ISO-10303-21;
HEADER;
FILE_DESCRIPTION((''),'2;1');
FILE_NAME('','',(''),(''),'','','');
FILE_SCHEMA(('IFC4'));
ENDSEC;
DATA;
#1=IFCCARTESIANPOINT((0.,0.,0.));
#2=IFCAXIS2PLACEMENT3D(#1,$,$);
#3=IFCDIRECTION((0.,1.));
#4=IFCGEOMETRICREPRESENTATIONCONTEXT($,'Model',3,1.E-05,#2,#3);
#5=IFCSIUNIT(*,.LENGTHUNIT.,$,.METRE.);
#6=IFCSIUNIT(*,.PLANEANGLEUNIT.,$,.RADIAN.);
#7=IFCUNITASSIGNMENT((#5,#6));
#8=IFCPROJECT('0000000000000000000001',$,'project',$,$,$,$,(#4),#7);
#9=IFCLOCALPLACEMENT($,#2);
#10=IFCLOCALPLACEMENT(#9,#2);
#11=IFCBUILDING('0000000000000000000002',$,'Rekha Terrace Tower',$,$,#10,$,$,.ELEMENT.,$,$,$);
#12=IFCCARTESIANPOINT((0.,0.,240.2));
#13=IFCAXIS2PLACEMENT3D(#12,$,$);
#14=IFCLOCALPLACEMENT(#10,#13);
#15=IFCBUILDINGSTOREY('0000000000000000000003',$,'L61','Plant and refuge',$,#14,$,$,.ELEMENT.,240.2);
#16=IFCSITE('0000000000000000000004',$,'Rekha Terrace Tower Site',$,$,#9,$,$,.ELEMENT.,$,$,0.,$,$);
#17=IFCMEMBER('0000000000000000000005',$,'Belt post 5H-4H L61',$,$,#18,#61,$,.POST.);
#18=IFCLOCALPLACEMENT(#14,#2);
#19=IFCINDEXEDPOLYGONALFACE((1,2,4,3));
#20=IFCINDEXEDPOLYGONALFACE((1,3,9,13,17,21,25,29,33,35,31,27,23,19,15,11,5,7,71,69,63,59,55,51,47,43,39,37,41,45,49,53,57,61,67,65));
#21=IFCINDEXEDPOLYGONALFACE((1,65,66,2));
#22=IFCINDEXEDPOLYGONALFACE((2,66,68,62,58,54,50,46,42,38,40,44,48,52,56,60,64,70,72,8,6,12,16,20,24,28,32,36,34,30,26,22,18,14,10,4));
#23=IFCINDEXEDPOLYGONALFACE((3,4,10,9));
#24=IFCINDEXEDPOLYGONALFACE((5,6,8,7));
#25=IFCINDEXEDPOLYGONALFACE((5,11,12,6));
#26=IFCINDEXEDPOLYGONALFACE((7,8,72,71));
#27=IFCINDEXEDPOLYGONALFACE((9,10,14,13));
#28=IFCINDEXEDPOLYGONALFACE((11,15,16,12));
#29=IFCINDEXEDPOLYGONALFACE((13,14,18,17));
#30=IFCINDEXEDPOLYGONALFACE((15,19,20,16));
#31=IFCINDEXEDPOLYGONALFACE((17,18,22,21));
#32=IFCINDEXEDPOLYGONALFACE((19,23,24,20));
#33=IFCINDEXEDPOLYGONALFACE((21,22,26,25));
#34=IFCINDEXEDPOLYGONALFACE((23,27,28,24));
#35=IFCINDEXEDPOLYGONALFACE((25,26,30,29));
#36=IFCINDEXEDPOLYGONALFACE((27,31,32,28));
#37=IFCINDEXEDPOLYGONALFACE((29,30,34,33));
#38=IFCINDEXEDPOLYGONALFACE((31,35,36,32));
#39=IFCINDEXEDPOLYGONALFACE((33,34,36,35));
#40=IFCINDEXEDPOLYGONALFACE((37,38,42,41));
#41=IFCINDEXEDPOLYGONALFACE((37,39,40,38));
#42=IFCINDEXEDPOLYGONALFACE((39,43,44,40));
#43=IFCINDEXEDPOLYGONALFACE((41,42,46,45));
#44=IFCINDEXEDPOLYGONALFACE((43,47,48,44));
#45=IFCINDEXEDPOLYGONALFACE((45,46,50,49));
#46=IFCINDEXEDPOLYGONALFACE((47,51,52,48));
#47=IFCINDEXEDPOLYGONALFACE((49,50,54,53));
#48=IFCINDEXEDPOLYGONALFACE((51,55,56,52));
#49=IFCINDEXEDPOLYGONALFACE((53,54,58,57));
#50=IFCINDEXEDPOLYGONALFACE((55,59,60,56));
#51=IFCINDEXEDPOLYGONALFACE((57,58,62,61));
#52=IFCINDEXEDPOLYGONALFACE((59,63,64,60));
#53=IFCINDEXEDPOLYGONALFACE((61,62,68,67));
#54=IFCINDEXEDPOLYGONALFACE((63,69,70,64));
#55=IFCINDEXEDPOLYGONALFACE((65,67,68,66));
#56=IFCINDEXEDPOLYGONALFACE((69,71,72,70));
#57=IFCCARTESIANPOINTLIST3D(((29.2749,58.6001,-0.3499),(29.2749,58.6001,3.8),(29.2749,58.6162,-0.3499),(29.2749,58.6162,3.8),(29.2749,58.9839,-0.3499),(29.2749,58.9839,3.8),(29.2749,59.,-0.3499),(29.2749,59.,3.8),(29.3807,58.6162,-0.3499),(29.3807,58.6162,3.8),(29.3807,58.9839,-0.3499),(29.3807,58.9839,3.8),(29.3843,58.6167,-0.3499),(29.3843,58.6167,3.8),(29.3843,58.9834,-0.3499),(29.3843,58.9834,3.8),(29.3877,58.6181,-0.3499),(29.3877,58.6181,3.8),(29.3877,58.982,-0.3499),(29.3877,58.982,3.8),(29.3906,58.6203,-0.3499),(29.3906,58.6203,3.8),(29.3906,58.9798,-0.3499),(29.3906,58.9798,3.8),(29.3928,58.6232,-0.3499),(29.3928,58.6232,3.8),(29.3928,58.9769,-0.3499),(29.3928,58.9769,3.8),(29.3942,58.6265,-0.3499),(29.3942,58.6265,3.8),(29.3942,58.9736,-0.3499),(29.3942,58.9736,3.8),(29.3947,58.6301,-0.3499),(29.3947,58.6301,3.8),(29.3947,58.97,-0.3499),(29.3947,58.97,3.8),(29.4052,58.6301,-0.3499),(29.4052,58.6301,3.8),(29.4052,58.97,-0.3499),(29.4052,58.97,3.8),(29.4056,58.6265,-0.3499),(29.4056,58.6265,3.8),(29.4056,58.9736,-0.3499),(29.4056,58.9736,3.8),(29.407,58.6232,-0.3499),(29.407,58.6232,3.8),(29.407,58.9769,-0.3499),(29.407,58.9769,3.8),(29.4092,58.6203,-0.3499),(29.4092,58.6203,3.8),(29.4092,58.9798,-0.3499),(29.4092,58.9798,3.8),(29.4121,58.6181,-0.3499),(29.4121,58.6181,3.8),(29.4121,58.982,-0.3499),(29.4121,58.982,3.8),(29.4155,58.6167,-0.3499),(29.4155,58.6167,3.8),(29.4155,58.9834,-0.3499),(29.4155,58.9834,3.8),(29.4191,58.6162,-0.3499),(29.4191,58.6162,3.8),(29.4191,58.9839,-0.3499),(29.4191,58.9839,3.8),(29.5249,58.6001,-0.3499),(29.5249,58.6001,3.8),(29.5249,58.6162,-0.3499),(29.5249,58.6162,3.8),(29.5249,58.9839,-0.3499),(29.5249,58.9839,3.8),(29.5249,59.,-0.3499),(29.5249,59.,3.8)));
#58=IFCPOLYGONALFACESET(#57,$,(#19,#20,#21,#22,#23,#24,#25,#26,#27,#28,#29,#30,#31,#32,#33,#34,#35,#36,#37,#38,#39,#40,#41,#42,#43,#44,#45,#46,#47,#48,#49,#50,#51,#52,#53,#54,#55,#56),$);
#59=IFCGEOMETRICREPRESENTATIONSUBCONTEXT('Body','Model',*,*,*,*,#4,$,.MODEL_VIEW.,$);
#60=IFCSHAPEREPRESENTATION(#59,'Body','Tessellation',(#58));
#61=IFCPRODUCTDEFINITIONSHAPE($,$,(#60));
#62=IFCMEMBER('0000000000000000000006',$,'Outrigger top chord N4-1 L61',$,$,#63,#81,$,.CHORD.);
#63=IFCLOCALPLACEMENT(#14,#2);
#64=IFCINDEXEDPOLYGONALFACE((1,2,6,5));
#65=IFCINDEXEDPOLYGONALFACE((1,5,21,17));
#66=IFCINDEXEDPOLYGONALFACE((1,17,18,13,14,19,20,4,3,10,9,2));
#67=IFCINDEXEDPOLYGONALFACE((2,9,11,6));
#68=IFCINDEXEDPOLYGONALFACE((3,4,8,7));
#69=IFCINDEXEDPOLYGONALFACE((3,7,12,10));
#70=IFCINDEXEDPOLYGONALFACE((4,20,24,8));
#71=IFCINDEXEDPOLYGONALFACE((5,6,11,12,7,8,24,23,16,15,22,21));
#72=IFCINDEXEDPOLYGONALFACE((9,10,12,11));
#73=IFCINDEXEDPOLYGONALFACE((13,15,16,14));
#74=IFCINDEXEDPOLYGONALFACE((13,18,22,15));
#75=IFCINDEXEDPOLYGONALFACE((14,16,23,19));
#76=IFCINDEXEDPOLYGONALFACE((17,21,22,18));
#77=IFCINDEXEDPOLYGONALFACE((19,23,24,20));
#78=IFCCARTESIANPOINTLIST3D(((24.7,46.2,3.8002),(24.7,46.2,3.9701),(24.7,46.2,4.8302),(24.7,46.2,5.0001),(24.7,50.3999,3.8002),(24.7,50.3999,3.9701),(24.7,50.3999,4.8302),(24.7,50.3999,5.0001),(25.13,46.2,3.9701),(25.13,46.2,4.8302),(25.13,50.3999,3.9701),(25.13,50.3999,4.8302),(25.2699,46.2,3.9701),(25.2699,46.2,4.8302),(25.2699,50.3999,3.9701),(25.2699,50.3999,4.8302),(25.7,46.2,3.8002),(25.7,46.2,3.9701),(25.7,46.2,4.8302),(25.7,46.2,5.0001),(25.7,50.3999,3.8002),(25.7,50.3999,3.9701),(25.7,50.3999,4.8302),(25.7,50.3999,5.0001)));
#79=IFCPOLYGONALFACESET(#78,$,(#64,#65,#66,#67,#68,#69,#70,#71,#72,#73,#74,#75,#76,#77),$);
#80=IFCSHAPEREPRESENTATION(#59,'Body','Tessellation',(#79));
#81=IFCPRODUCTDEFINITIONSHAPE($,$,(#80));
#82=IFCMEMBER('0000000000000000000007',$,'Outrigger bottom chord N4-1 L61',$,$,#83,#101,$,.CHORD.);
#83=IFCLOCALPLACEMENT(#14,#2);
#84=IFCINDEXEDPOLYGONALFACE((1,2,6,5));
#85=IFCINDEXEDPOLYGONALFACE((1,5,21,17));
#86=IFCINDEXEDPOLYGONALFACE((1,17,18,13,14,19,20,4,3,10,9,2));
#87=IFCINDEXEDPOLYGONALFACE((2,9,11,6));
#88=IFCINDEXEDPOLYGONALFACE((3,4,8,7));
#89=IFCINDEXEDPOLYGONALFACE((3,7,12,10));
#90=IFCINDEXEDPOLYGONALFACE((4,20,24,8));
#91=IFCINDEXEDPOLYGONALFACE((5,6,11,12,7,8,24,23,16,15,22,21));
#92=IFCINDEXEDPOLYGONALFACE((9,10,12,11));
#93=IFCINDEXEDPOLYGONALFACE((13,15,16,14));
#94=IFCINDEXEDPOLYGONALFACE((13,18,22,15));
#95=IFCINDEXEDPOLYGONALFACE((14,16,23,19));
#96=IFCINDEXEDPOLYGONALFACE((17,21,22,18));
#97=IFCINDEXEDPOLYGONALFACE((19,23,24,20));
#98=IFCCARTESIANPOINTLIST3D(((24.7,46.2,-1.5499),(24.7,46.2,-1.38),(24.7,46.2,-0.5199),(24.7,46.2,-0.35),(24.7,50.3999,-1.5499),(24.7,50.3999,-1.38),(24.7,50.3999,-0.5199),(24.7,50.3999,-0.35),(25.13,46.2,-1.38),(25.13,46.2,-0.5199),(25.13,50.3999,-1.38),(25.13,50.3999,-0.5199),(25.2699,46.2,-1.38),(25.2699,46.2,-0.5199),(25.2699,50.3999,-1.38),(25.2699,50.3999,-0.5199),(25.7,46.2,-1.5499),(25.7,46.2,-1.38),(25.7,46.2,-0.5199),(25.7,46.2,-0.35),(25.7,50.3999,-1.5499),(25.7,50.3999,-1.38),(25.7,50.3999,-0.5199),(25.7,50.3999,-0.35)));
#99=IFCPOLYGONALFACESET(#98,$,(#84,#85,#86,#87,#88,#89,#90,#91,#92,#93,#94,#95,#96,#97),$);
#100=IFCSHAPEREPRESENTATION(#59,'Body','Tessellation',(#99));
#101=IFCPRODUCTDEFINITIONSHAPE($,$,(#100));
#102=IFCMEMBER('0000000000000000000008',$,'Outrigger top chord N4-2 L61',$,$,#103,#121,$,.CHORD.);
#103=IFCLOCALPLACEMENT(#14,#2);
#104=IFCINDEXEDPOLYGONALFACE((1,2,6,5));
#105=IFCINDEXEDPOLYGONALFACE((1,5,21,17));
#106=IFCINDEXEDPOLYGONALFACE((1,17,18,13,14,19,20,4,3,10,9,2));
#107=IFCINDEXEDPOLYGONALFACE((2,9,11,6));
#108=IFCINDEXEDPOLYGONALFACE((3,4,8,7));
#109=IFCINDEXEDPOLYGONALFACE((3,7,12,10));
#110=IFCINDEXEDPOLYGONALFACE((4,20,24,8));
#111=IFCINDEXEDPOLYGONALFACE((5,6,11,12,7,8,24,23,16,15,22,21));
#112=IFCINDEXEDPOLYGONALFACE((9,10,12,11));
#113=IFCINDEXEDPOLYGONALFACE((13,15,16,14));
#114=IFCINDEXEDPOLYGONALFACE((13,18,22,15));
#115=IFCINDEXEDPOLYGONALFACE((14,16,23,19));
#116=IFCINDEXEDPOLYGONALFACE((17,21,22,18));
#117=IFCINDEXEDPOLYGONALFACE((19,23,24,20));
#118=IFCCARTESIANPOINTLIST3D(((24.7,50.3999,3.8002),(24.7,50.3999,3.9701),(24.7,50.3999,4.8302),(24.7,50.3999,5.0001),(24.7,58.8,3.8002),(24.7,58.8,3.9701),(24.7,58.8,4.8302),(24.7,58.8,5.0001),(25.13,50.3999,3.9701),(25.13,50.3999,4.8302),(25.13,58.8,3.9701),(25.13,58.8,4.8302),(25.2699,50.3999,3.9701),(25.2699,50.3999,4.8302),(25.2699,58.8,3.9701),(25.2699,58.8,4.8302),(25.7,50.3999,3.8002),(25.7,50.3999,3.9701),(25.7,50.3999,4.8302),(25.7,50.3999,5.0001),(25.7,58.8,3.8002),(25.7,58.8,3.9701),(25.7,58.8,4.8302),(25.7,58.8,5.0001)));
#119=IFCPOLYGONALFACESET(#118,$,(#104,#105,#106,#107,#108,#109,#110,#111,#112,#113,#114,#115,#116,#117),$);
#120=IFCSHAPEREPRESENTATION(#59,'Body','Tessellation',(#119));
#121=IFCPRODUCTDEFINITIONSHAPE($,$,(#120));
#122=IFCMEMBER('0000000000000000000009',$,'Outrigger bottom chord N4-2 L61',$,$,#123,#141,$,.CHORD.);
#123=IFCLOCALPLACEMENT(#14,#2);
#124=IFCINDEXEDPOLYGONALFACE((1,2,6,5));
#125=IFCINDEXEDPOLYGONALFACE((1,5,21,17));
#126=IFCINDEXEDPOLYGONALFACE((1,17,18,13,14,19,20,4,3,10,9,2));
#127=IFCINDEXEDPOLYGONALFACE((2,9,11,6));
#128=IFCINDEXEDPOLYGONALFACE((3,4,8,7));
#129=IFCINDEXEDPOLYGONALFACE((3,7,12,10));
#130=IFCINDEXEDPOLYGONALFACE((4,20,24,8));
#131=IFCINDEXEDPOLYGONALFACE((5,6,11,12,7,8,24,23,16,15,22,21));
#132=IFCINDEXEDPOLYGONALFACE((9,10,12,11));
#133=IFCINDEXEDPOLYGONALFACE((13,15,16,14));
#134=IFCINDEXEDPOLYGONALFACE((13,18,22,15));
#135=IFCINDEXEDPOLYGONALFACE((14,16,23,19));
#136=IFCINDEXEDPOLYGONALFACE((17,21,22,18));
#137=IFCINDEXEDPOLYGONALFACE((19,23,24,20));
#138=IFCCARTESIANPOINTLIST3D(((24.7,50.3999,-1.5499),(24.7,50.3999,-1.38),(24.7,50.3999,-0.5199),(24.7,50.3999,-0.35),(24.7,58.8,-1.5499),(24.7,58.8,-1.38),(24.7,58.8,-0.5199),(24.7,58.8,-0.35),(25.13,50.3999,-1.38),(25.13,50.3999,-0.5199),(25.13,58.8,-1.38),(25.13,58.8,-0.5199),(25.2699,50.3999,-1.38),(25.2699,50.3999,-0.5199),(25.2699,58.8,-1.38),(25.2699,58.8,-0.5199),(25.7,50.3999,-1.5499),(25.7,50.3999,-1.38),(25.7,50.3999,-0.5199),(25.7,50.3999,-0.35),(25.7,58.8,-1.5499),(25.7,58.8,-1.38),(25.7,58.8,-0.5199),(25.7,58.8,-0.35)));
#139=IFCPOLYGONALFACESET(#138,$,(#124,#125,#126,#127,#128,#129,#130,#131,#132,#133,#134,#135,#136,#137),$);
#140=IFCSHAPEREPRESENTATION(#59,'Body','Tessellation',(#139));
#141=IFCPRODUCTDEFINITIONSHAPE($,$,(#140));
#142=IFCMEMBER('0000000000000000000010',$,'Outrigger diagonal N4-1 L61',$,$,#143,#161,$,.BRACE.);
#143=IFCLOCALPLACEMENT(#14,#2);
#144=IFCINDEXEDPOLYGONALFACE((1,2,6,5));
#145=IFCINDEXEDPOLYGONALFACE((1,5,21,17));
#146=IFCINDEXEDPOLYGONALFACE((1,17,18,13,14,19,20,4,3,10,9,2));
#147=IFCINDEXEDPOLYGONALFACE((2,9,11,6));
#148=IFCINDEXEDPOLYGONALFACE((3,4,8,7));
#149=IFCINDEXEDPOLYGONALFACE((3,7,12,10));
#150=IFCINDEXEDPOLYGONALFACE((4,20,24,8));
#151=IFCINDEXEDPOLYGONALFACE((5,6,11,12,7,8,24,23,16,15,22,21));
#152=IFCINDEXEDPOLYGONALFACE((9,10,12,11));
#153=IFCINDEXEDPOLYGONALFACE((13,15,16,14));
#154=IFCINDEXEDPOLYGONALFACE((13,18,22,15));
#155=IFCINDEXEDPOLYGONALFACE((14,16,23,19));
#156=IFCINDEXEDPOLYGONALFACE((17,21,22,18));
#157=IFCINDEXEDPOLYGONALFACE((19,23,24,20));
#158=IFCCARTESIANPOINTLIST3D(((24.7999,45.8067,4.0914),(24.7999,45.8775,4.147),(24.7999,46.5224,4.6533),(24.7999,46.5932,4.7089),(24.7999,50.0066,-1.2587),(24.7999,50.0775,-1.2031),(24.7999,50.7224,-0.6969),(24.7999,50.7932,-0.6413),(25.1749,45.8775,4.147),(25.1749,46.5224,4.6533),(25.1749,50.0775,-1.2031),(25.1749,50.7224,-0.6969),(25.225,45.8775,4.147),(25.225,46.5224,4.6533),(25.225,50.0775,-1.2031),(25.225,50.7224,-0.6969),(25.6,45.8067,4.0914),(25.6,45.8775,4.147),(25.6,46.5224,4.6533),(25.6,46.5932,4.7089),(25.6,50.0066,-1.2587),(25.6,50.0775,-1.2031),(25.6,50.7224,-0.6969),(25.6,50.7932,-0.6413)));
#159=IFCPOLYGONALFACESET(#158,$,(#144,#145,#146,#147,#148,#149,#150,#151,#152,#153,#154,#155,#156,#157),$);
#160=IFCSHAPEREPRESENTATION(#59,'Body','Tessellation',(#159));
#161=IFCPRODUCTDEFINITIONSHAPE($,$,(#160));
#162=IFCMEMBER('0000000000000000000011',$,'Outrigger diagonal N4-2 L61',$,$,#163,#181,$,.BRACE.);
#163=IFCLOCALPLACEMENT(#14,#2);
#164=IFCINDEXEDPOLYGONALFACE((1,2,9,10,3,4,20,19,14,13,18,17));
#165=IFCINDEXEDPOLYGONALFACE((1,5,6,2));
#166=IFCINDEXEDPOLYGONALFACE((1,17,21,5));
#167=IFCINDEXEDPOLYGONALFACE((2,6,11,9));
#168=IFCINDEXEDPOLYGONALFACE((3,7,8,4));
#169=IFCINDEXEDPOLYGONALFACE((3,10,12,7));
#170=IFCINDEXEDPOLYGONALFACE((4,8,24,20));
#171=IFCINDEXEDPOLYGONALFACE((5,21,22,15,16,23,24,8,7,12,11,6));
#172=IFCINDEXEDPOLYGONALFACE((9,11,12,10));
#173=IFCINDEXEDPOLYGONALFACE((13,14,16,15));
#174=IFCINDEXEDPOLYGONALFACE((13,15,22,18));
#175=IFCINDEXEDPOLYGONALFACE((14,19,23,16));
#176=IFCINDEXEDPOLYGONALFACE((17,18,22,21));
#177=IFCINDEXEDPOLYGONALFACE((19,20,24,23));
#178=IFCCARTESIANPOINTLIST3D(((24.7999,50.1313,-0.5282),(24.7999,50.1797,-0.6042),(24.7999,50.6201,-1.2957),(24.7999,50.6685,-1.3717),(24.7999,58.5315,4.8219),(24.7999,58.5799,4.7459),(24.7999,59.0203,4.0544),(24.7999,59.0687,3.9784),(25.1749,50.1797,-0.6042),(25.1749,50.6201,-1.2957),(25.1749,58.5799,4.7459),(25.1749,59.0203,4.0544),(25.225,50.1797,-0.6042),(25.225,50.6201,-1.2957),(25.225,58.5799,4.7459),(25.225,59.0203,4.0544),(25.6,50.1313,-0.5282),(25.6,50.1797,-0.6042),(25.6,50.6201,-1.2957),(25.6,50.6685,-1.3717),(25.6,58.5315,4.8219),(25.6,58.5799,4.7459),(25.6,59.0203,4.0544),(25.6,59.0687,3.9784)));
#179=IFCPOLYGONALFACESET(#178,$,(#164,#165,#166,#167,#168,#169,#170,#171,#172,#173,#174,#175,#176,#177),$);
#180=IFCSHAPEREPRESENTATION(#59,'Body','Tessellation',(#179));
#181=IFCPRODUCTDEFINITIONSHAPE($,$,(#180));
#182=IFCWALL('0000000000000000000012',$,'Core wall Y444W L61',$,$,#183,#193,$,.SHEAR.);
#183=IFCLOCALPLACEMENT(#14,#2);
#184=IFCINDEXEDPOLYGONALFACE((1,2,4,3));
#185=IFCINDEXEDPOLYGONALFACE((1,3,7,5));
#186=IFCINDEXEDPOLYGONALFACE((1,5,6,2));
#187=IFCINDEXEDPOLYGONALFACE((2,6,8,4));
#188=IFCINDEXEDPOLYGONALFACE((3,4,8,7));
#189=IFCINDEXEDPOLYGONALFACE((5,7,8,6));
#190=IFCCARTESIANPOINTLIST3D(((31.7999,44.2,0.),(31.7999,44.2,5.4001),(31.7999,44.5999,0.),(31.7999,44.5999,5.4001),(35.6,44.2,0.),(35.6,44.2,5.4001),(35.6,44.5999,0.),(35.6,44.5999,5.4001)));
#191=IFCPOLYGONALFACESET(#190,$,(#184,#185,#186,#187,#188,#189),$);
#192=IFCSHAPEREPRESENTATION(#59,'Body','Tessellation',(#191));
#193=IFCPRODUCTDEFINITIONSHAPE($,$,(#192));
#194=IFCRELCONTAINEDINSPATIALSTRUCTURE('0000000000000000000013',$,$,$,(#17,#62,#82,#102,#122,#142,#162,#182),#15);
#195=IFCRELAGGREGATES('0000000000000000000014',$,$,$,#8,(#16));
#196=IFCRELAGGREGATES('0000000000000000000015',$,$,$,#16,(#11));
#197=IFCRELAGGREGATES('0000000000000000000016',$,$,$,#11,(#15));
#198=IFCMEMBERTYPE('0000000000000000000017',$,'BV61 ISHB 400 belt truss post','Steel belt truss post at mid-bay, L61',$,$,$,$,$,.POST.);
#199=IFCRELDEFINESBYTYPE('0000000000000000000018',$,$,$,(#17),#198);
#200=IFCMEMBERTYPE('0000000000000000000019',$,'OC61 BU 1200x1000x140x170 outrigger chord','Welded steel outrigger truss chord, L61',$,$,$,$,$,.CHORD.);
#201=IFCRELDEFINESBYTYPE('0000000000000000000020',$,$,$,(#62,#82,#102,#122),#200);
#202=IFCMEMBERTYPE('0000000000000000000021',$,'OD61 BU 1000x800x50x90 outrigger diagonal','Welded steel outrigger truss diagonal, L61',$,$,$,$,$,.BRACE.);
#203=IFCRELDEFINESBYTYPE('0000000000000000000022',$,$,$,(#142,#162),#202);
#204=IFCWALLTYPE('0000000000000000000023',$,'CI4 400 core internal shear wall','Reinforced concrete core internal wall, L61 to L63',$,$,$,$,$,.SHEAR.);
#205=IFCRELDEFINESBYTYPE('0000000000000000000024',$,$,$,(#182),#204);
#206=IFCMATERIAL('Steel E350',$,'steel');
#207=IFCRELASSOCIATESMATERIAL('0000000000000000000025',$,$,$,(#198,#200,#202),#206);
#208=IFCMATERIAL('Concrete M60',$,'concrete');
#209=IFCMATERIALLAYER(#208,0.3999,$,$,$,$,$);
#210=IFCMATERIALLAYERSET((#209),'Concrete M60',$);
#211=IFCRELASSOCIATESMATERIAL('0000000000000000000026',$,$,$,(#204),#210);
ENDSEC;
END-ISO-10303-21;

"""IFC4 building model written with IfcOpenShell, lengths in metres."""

from ifc_helpers import new_model, si_unit, direction, frame, frame_2d, origin, origin_2d, place, context, subcontext, project, spatial, rectangle, i_section, extrude, material, layer, layer_set, material_profile, profile_set, type_object, element, save


model = new_model("IFC4")

# Units and contexts
model_context = context("Model", 3, precision=1e-05, world=origin(), true_north=direction((0.0, 1.0)))
body_context = subcontext(model_context, "Body", "Model", "MODEL_VIEW")
ifc_project = project(units=[si_unit("LENGTHUNIT", "METRE"), si_unit("PLANEANGLEUNIT", "RADIAN")], contexts=[model_context])

# Site, building, storey
site_placement = place(None, origin())
site = spatial("IfcSite", under=ifc_project, at=site_placement, Name="Rekha Terrace Tower Site", CompositionType="ELEMENT", RefElevation=0.0)
building_placement = place(site_placement, origin())
building = spatial("IfcBuilding", under=site, at=building_placement, Name="Rekha Terrace Tower", CompositionType="ELEMENT")
storey_placement = place(building_placement, frame((0.0, 0.0, 240.2)))
storey = spatial("IfcBuildingStorey", under=building, at=storey_placement, Name="L61", Description="Plant and refuge", CompositionType="ELEMENT", Elevation=240.2)

# Shared definitions
ifc_material_1 = material(Name="Concrete M60", Category="concrete")

# Members
ifc_material_2 = material(Name="Steel E350", Category="steel")
ifc_material_profile_1 = material_profile(ifc_material_2, i_section(OverallWidth=0.25, OverallDepth=0.3999, WebThickness=0.0105, FlangeThickness=0.0161, FilletRadius=0.0139, at=origin_2d()), Name="ISHB 400")
ifc_profile_set_1 = profile_set([ifc_material_profile_1], Name="Steel E350")
member_type_1 = type_object("IfcMemberType", Name="BV61 ISHB 400 belt truss post", Description="Steel belt truss post at mid-bay, L61", PredefinedType="POST", material=ifc_profile_set_1)
member_1_placement = place(storey_placement, frame((29.3999, 58.8, -0.3499), z_axis=(0.0, 0.0, 1.0), x_axis=(1.0, 0.0, 0.0)))
element("IfcMember", 1, at=member_1_placement, inside=storey, type_object=member_type_1, Name="Belt post 5H-4H L61", PredefinedType="POST", context=body_context, shape_type="SweptSolid", body=[
    extrude(i_section(OverallWidth=0.25, OverallDepth=0.3999, WebThickness=0.0105, FlangeThickness=0.0161, FilletRadius=0.0139, at=origin_2d()), origin(), (0.0, 0.0, 1.0), 4.1499),
])
ifc_material_profile_2 = material_profile(ifc_material_2, i_section(OverallWidth=1.0, OverallDepth=1.2, WebThickness=0.1399, FlangeThickness=0.1699, at=origin_2d()), Name="BU 1200x1000x140x170")
ifc_profile_set_2 = profile_set([ifc_material_profile_2], Name="Steel E350")
member_type_2 = type_object("IfcMemberType", Name="OC61 BU 1200x1000x140x170 outrigger chord", Description="Welded steel outrigger truss chord, L61", PredefinedType="CHORD", material=ifc_profile_set_2)
for number, where, z_axis, x_axis, name in (
    (2, (25.2, 46.2, 4.4001), (0.0, 1.0, 0.0), (-1.0, 0.0, 0.0), "Outrigger top chord N4-1 L61"),
    (3, (25.2, 46.2, -0.95), (0.0, 1.0, 0.0), (-1.0, 0.0, 0.0), "Outrigger bottom chord N4-1 L61"),
):
    element("IfcMember", number, at=place(storey_placement, frame(where, z_axis=z_axis, x_axis=x_axis)), inside=storey, type_object=member_type_2, Name=name, PredefinedType="CHORD", context=body_context, shape_type="SweptSolid", body=[
        extrude(i_section(OverallWidth=1.0, OverallDepth=1.2, WebThickness=0.1399, FlangeThickness=0.1699, at=origin_2d()), origin(), (0.0, 0.0, 1.0), 4.2),
    ])
for number, where, z_axis, x_axis, name in (
    (4, (25.2, 50.3999, 4.4001), (0.0, 1.0, 0.0), (-1.0, 0.0, 0.0), "Outrigger top chord N4-2 L61"),
    (5, (25.2, 50.3999, -0.95), (0.0, 1.0, 0.0), (-1.0, 0.0, 0.0), "Outrigger bottom chord N4-2 L61"),
):
    element("IfcMember", number, at=place(storey_placement, frame(where, z_axis=z_axis, x_axis=x_axis)), inside=storey, type_object=member_type_2, Name=name, PredefinedType="CHORD", context=body_context, shape_type="SweptSolid", body=[
        extrude(i_section(OverallWidth=1.0, OverallDepth=1.2, WebThickness=0.1399, FlangeThickness=0.1699, at=origin_2d()), origin(), (0.0, 0.0, 1.0), 8.4001),
    ])
ifc_material_profile_3 = material_profile(ifc_material_2, i_section(OverallWidth=0.8, OverallDepth=1.0, WebThickness=0.05, FlangeThickness=0.0901, at=origin_2d()), Name="BU 1000x800x50x90")
ifc_profile_set_3 = profile_set([ifc_material_profile_3], Name="Steel E350")
member_type_3 = type_object("IfcMemberType", Name="OD61 BU 1000x800x50x90 outrigger diagonal", Description="Welded steel outrigger truss diagonal, L61", PredefinedType="BRACE", material=ifc_profile_set_3)
member_2_placement = place(storey_placement, frame((25.2, 46.2, 4.4001), z_axis=(0.0, 0.617485, -0.786582), x_axis=(-1.0, 0.0, 0.0)))
element("IfcMember", 6, at=member_2_placement, inside=storey, type_object=member_type_3, Name="Outrigger diagonal N4-1 L61", PredefinedType="BRACE", context=body_context, shape_type="SweptSolid", body=[
    extrude(i_section(OverallWidth=0.8, OverallDepth=1.0, WebThickness=0.05, FlangeThickness=0.0901, at=origin_2d()), origin(), (0.0, 0.0, 1.0), 6.8018),
])
member_3_placement = place(storey_placement, frame((25.2, 50.3999, -0.95), z_axis=(0.0, 0.843454, 0.537201), x_axis=(-1.0, 0.0, 0.0)))
element("IfcMember", 7, at=member_3_placement, inside=storey, type_object=member_type_3, Name="Outrigger diagonal N4-2 L61", PredefinedType="BRACE", context=body_context, shape_type="SweptSolid", body=[
    extrude(i_section(OverallWidth=0.8, OverallDepth=1.0, WebThickness=0.05, FlangeThickness=0.0901, at=origin_2d()), origin(), (0.0, 0.0, 1.0), 9.9592),
])

# Wall
ifc_layer_1 = layer(ifc_material_1, 0.3999)
ifc_layer_set_1 = layer_set([ifc_layer_1], Name="Concrete M60")
wall_type_1 = type_object("IfcWallType", Name="CI4 400 core internal shear wall", Description="Reinforced concrete core internal wall, L61 to L63", PredefinedType="SHEAR", material=ifc_layer_set_1)
wall_1_placement = place(storey_placement, frame((31.8, 44.3999, 0.0), z_axis=(0.0, 0.0, 1.0), x_axis=(1.0, 0.0, 0.0)))
element("IfcWall", 8, at=wall_1_placement, inside=storey, type_object=wall_type_1, Name="Core wall Y444W L61", PredefinedType="SHEAR", context=body_context, shape_type="SweptSolid", body=[
    extrude(rectangle(XDim=3.8, YDim=0.3999, at=frame_2d((1.8999, 0.0))), origin(), (0.0, 0.0, 1.0), 5.4001),
])

save(model, "model.ifc")
